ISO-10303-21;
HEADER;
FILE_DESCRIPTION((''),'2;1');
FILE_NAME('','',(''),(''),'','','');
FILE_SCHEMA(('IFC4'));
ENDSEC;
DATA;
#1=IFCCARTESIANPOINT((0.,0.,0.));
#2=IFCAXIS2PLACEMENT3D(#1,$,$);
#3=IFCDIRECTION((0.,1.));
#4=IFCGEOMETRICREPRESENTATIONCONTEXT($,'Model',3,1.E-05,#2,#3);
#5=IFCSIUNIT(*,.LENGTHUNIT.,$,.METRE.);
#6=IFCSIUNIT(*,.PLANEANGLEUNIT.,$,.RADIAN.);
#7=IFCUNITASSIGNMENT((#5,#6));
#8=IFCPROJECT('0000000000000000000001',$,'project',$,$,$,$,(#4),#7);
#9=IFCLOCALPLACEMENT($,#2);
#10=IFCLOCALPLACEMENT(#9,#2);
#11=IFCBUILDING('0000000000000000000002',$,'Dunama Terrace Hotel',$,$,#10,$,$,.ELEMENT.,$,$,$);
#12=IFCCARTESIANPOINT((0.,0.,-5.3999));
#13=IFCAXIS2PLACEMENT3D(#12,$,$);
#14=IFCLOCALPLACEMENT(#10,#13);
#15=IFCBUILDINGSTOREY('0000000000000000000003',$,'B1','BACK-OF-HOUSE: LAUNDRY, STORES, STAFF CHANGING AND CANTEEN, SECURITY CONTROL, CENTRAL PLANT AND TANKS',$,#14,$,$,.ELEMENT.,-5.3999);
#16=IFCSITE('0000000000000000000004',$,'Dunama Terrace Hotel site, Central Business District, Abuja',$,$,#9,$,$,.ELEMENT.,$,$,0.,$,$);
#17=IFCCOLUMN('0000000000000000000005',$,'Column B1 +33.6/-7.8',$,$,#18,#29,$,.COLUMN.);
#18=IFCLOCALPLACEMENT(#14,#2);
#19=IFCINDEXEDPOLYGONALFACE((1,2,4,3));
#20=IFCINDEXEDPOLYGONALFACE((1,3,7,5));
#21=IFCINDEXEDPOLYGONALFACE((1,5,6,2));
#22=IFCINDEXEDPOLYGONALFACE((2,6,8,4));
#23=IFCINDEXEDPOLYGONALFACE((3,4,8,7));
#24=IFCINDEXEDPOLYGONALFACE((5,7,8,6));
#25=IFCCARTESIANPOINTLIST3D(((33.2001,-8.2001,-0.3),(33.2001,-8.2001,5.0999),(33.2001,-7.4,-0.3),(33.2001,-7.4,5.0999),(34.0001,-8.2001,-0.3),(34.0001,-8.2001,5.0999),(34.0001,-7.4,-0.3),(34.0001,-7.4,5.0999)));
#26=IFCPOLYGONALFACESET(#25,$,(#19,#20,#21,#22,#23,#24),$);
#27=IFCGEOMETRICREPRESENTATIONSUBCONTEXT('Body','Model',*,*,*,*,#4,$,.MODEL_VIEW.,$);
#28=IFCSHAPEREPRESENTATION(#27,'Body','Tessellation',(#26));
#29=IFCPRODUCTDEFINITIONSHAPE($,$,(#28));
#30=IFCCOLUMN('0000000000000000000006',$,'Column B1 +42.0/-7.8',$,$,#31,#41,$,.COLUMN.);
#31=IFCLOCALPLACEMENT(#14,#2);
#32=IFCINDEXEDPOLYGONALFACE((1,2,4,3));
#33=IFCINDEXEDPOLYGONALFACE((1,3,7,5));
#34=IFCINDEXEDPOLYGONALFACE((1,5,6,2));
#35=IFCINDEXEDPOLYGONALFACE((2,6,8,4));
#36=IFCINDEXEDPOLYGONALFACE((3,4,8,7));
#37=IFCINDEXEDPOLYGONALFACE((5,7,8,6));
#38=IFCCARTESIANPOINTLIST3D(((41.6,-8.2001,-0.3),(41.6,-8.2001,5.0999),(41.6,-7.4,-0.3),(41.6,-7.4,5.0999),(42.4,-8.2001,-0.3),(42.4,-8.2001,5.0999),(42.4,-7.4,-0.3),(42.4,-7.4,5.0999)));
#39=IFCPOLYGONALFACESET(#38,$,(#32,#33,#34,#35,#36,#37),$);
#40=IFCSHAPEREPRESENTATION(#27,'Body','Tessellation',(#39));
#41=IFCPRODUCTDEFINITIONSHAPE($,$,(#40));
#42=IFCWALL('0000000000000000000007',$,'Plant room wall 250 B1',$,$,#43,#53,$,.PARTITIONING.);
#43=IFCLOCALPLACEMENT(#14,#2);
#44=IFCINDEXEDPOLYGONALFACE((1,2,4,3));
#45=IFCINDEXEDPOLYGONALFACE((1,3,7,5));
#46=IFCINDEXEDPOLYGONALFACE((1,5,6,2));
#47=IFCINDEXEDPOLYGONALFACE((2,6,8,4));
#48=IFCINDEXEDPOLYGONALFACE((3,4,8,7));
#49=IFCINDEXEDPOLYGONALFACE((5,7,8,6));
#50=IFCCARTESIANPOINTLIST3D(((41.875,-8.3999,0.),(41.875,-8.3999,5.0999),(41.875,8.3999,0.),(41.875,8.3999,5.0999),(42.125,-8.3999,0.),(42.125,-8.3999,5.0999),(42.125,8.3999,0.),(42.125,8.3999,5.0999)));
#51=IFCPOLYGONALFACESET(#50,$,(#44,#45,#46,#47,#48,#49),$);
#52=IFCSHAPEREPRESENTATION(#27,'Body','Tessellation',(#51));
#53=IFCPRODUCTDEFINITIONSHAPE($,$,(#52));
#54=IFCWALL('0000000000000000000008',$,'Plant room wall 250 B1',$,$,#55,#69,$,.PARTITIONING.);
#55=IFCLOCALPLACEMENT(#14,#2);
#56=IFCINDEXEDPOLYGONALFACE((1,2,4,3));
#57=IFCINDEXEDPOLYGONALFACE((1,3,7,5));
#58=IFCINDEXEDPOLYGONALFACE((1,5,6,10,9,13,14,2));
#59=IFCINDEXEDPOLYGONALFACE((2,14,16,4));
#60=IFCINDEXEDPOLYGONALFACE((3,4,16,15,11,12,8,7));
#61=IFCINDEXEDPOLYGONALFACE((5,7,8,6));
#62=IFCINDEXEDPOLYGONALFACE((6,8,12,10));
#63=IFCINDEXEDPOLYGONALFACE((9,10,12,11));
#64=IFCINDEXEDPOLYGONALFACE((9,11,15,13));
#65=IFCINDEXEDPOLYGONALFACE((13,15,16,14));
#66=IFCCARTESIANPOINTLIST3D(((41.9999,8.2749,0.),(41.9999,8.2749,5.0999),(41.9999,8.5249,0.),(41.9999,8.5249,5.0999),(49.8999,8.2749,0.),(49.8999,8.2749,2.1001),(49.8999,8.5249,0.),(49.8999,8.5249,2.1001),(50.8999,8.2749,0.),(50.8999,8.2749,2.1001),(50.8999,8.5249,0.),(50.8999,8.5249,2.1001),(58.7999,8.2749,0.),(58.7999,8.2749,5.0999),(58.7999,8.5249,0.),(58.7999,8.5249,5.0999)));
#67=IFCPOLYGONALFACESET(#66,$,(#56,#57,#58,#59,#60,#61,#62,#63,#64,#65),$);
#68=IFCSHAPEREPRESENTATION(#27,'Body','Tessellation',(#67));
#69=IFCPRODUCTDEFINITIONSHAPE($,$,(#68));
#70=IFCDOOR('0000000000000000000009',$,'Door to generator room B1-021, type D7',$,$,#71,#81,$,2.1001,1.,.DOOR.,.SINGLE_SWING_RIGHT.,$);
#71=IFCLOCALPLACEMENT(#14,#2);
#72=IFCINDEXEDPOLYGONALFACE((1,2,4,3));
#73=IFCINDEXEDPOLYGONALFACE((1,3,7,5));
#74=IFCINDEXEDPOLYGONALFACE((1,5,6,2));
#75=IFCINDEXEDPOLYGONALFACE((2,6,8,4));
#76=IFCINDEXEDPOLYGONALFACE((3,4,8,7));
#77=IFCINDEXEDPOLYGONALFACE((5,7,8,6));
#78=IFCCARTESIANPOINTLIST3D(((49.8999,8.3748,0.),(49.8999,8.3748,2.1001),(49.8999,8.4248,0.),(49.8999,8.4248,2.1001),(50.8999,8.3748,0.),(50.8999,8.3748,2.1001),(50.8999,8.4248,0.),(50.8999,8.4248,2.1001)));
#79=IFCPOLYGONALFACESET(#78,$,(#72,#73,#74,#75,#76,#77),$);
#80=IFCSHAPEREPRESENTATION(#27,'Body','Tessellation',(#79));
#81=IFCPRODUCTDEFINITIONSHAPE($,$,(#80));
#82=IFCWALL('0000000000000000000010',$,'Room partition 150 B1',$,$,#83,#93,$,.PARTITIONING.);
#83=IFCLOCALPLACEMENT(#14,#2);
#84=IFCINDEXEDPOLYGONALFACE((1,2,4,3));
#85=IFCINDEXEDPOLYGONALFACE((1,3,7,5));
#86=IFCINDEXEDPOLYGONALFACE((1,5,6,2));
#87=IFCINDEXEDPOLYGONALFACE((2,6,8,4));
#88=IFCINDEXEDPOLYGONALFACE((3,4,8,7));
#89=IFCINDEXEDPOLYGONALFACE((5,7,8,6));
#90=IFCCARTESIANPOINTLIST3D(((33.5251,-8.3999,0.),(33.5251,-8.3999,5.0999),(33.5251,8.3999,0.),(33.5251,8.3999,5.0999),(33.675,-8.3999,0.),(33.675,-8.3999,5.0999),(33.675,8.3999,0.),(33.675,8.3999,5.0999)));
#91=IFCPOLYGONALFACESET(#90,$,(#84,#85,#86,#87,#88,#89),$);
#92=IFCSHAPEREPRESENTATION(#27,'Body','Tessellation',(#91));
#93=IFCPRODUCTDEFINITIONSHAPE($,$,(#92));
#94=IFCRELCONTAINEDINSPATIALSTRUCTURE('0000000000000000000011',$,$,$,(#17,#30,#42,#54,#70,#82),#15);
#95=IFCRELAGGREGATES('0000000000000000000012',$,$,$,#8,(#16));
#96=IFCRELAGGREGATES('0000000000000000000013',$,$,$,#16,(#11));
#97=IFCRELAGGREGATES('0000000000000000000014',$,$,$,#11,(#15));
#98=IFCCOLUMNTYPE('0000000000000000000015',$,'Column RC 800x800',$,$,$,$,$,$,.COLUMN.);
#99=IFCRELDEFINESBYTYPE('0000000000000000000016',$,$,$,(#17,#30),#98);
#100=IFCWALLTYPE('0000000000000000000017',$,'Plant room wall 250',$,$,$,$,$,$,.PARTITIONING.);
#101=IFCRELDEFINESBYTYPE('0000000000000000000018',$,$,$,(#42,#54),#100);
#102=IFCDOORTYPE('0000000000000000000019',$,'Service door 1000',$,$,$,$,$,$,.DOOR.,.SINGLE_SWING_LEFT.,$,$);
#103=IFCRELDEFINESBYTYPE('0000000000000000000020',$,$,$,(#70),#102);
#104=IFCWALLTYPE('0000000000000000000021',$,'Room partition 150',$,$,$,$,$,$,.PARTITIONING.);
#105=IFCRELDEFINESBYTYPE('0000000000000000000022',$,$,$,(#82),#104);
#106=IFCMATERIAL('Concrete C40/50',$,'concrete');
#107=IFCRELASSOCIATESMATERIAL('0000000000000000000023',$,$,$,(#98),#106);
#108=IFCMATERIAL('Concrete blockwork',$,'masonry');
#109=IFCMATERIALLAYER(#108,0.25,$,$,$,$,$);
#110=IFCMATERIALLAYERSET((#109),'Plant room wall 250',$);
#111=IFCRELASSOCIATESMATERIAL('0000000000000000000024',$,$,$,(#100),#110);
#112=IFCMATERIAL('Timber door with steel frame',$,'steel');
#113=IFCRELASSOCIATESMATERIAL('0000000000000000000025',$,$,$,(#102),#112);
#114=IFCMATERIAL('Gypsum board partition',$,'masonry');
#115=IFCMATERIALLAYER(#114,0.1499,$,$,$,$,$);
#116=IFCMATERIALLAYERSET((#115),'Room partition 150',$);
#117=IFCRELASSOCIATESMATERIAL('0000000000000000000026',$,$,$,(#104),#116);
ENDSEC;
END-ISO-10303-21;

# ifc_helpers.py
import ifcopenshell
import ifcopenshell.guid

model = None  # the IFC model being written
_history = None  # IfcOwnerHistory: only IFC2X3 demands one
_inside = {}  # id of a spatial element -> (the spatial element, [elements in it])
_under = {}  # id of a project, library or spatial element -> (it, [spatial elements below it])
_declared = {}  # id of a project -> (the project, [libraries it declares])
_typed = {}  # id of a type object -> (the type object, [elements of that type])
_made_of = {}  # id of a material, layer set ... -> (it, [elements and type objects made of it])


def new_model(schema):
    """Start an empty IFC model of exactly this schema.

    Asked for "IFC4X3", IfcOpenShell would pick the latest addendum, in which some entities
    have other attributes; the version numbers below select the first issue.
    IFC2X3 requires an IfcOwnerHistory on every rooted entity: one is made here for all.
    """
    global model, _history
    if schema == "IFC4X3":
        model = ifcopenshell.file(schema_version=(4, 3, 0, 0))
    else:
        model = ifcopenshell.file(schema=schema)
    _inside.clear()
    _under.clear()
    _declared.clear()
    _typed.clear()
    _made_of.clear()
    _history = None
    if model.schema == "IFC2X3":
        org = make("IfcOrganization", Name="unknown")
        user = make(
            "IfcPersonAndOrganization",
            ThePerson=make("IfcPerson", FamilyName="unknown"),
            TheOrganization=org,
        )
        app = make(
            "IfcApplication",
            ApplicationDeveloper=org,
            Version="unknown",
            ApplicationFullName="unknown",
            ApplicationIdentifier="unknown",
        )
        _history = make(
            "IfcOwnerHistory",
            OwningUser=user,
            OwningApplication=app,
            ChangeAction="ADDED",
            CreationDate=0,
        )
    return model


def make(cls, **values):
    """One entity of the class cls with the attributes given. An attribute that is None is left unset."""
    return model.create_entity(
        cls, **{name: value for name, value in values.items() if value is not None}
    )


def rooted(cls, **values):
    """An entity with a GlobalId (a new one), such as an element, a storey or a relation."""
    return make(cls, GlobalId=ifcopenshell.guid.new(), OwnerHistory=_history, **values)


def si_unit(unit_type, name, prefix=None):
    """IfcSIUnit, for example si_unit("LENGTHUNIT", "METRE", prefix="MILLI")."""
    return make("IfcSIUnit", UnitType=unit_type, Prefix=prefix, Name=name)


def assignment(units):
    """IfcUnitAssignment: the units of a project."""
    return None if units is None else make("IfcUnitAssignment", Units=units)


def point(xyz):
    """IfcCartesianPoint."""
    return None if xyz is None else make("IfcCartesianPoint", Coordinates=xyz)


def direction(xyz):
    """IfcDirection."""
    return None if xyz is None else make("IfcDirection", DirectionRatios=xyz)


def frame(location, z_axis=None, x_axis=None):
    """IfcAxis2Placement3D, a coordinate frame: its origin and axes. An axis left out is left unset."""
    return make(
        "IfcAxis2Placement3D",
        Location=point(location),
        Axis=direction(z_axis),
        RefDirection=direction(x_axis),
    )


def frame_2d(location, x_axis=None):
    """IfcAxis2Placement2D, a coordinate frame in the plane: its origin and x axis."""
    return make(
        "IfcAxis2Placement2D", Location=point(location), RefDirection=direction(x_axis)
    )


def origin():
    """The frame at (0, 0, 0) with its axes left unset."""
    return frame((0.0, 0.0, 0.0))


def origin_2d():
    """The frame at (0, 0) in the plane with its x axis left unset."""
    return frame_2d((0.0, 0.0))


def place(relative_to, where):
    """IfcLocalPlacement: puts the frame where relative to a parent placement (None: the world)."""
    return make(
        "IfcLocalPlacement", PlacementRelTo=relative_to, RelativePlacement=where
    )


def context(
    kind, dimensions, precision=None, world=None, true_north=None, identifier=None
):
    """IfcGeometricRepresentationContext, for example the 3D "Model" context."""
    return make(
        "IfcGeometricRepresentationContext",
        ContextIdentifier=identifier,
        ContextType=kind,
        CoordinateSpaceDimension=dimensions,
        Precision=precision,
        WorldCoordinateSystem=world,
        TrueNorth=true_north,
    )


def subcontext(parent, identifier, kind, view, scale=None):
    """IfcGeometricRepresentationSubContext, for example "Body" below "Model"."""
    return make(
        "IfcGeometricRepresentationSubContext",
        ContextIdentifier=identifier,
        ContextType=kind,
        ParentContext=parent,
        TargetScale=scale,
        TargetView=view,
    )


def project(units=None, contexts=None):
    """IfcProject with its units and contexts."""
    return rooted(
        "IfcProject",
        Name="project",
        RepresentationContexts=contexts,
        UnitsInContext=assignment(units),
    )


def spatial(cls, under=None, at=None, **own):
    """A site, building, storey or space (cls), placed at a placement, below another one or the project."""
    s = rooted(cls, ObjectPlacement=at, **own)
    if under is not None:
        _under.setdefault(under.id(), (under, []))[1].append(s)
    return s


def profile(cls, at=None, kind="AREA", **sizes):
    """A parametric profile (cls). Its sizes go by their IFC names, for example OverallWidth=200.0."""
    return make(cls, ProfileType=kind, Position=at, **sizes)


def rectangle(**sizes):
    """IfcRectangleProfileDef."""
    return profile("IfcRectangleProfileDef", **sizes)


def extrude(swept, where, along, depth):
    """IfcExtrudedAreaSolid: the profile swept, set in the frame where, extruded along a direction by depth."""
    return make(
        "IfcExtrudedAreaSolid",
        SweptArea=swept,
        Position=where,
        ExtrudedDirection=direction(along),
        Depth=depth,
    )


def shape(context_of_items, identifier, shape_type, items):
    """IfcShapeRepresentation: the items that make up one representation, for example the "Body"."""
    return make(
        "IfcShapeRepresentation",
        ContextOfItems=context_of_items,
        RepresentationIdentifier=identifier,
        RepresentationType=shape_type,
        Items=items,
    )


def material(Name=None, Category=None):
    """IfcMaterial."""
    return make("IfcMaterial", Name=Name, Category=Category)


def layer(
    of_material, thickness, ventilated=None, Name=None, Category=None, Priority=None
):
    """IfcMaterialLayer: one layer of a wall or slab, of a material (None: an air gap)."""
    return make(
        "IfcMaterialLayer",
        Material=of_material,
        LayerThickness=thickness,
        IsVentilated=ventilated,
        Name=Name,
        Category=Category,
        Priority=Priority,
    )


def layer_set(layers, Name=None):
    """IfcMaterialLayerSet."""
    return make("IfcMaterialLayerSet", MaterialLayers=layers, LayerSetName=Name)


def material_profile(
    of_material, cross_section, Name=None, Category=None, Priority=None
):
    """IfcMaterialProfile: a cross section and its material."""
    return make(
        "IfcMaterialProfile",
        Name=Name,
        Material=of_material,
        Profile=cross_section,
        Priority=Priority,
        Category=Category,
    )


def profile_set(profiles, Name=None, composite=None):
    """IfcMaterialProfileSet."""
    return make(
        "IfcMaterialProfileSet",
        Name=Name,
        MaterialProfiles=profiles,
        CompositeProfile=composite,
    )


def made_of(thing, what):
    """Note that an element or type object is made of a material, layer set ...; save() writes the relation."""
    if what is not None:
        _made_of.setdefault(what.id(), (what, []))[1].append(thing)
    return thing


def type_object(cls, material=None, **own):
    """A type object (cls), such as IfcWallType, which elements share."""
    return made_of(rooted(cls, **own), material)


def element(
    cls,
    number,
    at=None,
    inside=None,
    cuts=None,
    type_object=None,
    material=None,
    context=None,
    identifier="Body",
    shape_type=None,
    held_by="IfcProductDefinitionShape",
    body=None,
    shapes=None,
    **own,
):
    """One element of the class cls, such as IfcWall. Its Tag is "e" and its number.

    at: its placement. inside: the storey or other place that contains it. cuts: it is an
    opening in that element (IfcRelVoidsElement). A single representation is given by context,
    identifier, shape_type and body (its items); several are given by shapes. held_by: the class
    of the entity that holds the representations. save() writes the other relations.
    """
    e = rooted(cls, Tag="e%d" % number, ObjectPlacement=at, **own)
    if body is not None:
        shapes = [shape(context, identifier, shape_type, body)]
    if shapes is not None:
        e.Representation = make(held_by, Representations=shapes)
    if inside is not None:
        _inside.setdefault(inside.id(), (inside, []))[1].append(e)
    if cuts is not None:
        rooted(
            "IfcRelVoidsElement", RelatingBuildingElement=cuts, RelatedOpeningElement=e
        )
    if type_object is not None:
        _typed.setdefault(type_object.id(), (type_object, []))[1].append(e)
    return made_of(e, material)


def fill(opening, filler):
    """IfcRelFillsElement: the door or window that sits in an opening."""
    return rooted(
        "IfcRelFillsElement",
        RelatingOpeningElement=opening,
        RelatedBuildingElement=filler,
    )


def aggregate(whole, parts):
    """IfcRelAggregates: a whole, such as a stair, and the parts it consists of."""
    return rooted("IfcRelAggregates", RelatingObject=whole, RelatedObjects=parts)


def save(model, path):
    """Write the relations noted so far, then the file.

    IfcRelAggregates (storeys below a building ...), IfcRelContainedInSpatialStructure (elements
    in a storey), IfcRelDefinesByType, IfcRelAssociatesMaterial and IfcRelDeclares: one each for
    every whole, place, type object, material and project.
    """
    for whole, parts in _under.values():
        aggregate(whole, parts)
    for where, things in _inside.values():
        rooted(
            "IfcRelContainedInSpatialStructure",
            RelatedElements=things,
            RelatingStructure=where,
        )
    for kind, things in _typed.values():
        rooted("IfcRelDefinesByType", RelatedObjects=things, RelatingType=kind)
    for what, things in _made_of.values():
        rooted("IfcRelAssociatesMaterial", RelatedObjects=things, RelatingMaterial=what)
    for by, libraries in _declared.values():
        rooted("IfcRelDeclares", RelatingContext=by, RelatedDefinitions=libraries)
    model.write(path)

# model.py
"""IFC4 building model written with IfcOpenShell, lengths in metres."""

from ifc_helpers import new_model, si_unit, direction, frame, frame_2d, origin, origin_2d, place, context, subcontext, project, spatial, rectangle, extrude, material, layer, layer_set, material_profile, profile_set, type_object, element, fill, save


model = new_model("IFC4")

# Units and contexts
model_context = context("Model", 3, precision=1e-05, world=origin(), true_north=direction((0.0, 1.0)))
body_context = subcontext(model_context, "Body", "Model", "MODEL_VIEW")
ifc_project = project(units=[si_unit("LENGTHUNIT", "METRE"), si_unit("PLANEANGLEUNIT", "RADIAN")], contexts=[model_context])

# Site, building, storey
site_placement = place(None, origin())
site = spatial("IfcSite", under=ifc_project, at=site_placement, Name="Dunama Terrace Hotel site, Central Business District, Abuja", CompositionType="ELEMENT", RefElevation=0.0)
building_placement = place(site_placement, origin())
building = spatial("IfcBuilding", under=site, at=building_placement, Name="Dunama Terrace Hotel", CompositionType="ELEMENT")
storey_placement = place(building_placement, frame((0.0, 0.0, -5.3999)))
storey = spatial("IfcBuildingStorey", under=building, at=storey_placement, Name="B1", Description="BACK-OF-HOUSE: LAUNDRY, STORES, STAFF CHANGING AND CANTEEN, SECURITY CONTROL, CENTRAL PLANT AND TANKS", CompositionType="ELEMENT", Elevation=-5.3999)

# Columns
ifc_material_1 = material(Name="Concrete C40/50", Category="concrete")
ifc_material_profile_1 = material_profile(ifc_material_1, rectangle(XDim=0.8, YDim=0.8, at=origin_2d()), Name="RC 800x800")
ifc_profile_set_1 = profile_set([ifc_material_profile_1], Name="Concrete C40/50")
column_type_1 = type_object("IfcColumnType", Name="Column RC 800x800", PredefinedType="COLUMN", material=ifc_profile_set_1)
for number, where, z_axis, x_axis, name in (
    (1, (33.6001, -7.8, -0.3), (0.0, 0.0, 1.0), (1.0, 0.0, 0.0), "Column B1 +33.6/-7.8"),
    (2, (42.0, -7.8, -0.3), (0.0, 0.0, 1.0), (1.0, 0.0, 0.0), "Column B1 +42.0/-7.8"),
):
    element("IfcColumn", number, at=place(storey_placement, frame(where, z_axis=z_axis, x_axis=x_axis)), inside=storey, type_object=column_type_1, Name=name, PredefinedType="COLUMN", context=body_context, shape_type="SweptSolid", body=[
        extrude(rectangle(XDim=0.8, YDim=0.8, at=origin_2d()), origin(), (0.0, 0.0, 1.0), 5.3999),
    ])

# Wall
ifc_material_2 = material(Name="Concrete blockwork", Category="masonry")
ifc_layer_1 = layer(ifc_material_2, 0.25)
ifc_layer_set_1 = layer_set([ifc_layer_1], Name="Plant room wall 250")
wall_type_1 = type_object("IfcWallType", Name="Plant room wall 250", PredefinedType="PARTITIONING", material=ifc_layer_set_1)
wall_1_placement = place(storey_placement, frame((42.0, -8.3999, 0.0), z_axis=(0.0, 0.0, 1.0), x_axis=(0.0, 1.0, 0.0)))
element("IfcWall", 3, at=wall_1_placement, inside=storey, type_object=wall_type_1, Name="Plant room wall 250 B1", PredefinedType="PARTITIONING", context=body_context, shape_type="SweptSolid", body=[
    extrude(rectangle(XDim=16.7998, YDim=0.25, at=frame_2d((8.3999, 0.0))), origin(), (0.0, 0.0, 1.0), 5.0999),
])

# Wall, opening, door
wall_2_placement = place(storey_placement, frame((42.0, 8.3999, 0.0), z_axis=(0.0, 0.0, 1.0), x_axis=(1.0, 0.0, 0.0)))
wall_2 = element("IfcWall", 4, at=wall_2_placement, inside=storey, type_object=wall_type_1, Name="Plant room wall 250 B1", PredefinedType="PARTITIONING", context=body_context, shape_type="SweptSolid", body=[
    extrude(rectangle(XDim=16.8, YDim=0.25, at=frame_2d((8.3999, 0.0))), origin(), (0.0, 0.0, 1.0), 5.0999),
])
opening_placement = place(wall_2_placement, frame((7.8999, 0.0, 0.0)))
opening = element("IfcOpeningElement", 5, at=opening_placement, cuts=wall_2, PredefinedType="OPENING", context=body_context, shape_type="SweptSolid", body=[
    extrude(rectangle(XDim=1.0, YDim=2.1001, at=frame_2d((0.5, 1.05))), frame((0.0, 0.135, 0.0), z_axis=(0.0, -1.0, 0.0), x_axis=(1.0, 0.0, 0.0)), (0.0, 0.0, 1.0), 0.27),
])
ifc_material_3 = material(Name="Timber door with steel frame", Category="steel")
door_type = type_object("IfcDoorType", Name="Service door 1000", OperationType="SINGLE_SWING_LEFT", PredefinedType="DOOR", material=ifc_material_3)
door_placement = place(opening_placement, frame((1.0, 0.0, 0.0), z_axis=(0.0, 0.0, 1.0), x_axis=(-1.0, 0.0, 0.0)))
door = element("IfcDoor", 6, at=door_placement, inside=storey, type_object=door_type, Name="Door to generator room B1-021, type D7", OperationType="SINGLE_SWING_RIGHT", OverallHeight=2.1001, OverallWidth=1.0, PredefinedType="DOOR", context=body_context, shape_type="SweptSolid", body=[
    extrude(rectangle(XDim=1.0, YDim=2.1001, at=frame_2d((0.5, 1.05))), frame((0.0, 0.0251, 0.0), z_axis=(0.0, -1.0, 0.0), x_axis=(1.0, 0.0, 0.0)), (0.0, 0.0, 1.0), 0.05),
])
fill(opening, door)

# Wall
ifc_material_4 = material(Name="Gypsum board partition", Category="masonry")
ifc_layer_2 = layer(ifc_material_4, 0.1499)
ifc_layer_set_2 = layer_set([ifc_layer_2], Name="Room partition 150")
wall_type_2 = type_object("IfcWallType", Name="Room partition 150", PredefinedType="PARTITIONING", material=ifc_layer_set_2)
wall_3_placement = place(storey_placement, frame((33.6001, -8.3999, 0.0), z_axis=(0.0, 0.0, 1.0), x_axis=(0.0, 1.0, 0.0)))
element("IfcWall", 7, at=wall_3_placement, inside=storey, type_object=wall_type_2, Name="Room partition 150 B1", PredefinedType="PARTITIONING", context=body_context, shape_type="SweptSolid", body=[
    extrude(rectangle(XDim=16.7998, YDim=0.1499, at=frame_2d((8.3999, 0.0))), origin(), (0.0, 0.0, 1.0), 5.0999),
])

save(model, "model.ifc")
